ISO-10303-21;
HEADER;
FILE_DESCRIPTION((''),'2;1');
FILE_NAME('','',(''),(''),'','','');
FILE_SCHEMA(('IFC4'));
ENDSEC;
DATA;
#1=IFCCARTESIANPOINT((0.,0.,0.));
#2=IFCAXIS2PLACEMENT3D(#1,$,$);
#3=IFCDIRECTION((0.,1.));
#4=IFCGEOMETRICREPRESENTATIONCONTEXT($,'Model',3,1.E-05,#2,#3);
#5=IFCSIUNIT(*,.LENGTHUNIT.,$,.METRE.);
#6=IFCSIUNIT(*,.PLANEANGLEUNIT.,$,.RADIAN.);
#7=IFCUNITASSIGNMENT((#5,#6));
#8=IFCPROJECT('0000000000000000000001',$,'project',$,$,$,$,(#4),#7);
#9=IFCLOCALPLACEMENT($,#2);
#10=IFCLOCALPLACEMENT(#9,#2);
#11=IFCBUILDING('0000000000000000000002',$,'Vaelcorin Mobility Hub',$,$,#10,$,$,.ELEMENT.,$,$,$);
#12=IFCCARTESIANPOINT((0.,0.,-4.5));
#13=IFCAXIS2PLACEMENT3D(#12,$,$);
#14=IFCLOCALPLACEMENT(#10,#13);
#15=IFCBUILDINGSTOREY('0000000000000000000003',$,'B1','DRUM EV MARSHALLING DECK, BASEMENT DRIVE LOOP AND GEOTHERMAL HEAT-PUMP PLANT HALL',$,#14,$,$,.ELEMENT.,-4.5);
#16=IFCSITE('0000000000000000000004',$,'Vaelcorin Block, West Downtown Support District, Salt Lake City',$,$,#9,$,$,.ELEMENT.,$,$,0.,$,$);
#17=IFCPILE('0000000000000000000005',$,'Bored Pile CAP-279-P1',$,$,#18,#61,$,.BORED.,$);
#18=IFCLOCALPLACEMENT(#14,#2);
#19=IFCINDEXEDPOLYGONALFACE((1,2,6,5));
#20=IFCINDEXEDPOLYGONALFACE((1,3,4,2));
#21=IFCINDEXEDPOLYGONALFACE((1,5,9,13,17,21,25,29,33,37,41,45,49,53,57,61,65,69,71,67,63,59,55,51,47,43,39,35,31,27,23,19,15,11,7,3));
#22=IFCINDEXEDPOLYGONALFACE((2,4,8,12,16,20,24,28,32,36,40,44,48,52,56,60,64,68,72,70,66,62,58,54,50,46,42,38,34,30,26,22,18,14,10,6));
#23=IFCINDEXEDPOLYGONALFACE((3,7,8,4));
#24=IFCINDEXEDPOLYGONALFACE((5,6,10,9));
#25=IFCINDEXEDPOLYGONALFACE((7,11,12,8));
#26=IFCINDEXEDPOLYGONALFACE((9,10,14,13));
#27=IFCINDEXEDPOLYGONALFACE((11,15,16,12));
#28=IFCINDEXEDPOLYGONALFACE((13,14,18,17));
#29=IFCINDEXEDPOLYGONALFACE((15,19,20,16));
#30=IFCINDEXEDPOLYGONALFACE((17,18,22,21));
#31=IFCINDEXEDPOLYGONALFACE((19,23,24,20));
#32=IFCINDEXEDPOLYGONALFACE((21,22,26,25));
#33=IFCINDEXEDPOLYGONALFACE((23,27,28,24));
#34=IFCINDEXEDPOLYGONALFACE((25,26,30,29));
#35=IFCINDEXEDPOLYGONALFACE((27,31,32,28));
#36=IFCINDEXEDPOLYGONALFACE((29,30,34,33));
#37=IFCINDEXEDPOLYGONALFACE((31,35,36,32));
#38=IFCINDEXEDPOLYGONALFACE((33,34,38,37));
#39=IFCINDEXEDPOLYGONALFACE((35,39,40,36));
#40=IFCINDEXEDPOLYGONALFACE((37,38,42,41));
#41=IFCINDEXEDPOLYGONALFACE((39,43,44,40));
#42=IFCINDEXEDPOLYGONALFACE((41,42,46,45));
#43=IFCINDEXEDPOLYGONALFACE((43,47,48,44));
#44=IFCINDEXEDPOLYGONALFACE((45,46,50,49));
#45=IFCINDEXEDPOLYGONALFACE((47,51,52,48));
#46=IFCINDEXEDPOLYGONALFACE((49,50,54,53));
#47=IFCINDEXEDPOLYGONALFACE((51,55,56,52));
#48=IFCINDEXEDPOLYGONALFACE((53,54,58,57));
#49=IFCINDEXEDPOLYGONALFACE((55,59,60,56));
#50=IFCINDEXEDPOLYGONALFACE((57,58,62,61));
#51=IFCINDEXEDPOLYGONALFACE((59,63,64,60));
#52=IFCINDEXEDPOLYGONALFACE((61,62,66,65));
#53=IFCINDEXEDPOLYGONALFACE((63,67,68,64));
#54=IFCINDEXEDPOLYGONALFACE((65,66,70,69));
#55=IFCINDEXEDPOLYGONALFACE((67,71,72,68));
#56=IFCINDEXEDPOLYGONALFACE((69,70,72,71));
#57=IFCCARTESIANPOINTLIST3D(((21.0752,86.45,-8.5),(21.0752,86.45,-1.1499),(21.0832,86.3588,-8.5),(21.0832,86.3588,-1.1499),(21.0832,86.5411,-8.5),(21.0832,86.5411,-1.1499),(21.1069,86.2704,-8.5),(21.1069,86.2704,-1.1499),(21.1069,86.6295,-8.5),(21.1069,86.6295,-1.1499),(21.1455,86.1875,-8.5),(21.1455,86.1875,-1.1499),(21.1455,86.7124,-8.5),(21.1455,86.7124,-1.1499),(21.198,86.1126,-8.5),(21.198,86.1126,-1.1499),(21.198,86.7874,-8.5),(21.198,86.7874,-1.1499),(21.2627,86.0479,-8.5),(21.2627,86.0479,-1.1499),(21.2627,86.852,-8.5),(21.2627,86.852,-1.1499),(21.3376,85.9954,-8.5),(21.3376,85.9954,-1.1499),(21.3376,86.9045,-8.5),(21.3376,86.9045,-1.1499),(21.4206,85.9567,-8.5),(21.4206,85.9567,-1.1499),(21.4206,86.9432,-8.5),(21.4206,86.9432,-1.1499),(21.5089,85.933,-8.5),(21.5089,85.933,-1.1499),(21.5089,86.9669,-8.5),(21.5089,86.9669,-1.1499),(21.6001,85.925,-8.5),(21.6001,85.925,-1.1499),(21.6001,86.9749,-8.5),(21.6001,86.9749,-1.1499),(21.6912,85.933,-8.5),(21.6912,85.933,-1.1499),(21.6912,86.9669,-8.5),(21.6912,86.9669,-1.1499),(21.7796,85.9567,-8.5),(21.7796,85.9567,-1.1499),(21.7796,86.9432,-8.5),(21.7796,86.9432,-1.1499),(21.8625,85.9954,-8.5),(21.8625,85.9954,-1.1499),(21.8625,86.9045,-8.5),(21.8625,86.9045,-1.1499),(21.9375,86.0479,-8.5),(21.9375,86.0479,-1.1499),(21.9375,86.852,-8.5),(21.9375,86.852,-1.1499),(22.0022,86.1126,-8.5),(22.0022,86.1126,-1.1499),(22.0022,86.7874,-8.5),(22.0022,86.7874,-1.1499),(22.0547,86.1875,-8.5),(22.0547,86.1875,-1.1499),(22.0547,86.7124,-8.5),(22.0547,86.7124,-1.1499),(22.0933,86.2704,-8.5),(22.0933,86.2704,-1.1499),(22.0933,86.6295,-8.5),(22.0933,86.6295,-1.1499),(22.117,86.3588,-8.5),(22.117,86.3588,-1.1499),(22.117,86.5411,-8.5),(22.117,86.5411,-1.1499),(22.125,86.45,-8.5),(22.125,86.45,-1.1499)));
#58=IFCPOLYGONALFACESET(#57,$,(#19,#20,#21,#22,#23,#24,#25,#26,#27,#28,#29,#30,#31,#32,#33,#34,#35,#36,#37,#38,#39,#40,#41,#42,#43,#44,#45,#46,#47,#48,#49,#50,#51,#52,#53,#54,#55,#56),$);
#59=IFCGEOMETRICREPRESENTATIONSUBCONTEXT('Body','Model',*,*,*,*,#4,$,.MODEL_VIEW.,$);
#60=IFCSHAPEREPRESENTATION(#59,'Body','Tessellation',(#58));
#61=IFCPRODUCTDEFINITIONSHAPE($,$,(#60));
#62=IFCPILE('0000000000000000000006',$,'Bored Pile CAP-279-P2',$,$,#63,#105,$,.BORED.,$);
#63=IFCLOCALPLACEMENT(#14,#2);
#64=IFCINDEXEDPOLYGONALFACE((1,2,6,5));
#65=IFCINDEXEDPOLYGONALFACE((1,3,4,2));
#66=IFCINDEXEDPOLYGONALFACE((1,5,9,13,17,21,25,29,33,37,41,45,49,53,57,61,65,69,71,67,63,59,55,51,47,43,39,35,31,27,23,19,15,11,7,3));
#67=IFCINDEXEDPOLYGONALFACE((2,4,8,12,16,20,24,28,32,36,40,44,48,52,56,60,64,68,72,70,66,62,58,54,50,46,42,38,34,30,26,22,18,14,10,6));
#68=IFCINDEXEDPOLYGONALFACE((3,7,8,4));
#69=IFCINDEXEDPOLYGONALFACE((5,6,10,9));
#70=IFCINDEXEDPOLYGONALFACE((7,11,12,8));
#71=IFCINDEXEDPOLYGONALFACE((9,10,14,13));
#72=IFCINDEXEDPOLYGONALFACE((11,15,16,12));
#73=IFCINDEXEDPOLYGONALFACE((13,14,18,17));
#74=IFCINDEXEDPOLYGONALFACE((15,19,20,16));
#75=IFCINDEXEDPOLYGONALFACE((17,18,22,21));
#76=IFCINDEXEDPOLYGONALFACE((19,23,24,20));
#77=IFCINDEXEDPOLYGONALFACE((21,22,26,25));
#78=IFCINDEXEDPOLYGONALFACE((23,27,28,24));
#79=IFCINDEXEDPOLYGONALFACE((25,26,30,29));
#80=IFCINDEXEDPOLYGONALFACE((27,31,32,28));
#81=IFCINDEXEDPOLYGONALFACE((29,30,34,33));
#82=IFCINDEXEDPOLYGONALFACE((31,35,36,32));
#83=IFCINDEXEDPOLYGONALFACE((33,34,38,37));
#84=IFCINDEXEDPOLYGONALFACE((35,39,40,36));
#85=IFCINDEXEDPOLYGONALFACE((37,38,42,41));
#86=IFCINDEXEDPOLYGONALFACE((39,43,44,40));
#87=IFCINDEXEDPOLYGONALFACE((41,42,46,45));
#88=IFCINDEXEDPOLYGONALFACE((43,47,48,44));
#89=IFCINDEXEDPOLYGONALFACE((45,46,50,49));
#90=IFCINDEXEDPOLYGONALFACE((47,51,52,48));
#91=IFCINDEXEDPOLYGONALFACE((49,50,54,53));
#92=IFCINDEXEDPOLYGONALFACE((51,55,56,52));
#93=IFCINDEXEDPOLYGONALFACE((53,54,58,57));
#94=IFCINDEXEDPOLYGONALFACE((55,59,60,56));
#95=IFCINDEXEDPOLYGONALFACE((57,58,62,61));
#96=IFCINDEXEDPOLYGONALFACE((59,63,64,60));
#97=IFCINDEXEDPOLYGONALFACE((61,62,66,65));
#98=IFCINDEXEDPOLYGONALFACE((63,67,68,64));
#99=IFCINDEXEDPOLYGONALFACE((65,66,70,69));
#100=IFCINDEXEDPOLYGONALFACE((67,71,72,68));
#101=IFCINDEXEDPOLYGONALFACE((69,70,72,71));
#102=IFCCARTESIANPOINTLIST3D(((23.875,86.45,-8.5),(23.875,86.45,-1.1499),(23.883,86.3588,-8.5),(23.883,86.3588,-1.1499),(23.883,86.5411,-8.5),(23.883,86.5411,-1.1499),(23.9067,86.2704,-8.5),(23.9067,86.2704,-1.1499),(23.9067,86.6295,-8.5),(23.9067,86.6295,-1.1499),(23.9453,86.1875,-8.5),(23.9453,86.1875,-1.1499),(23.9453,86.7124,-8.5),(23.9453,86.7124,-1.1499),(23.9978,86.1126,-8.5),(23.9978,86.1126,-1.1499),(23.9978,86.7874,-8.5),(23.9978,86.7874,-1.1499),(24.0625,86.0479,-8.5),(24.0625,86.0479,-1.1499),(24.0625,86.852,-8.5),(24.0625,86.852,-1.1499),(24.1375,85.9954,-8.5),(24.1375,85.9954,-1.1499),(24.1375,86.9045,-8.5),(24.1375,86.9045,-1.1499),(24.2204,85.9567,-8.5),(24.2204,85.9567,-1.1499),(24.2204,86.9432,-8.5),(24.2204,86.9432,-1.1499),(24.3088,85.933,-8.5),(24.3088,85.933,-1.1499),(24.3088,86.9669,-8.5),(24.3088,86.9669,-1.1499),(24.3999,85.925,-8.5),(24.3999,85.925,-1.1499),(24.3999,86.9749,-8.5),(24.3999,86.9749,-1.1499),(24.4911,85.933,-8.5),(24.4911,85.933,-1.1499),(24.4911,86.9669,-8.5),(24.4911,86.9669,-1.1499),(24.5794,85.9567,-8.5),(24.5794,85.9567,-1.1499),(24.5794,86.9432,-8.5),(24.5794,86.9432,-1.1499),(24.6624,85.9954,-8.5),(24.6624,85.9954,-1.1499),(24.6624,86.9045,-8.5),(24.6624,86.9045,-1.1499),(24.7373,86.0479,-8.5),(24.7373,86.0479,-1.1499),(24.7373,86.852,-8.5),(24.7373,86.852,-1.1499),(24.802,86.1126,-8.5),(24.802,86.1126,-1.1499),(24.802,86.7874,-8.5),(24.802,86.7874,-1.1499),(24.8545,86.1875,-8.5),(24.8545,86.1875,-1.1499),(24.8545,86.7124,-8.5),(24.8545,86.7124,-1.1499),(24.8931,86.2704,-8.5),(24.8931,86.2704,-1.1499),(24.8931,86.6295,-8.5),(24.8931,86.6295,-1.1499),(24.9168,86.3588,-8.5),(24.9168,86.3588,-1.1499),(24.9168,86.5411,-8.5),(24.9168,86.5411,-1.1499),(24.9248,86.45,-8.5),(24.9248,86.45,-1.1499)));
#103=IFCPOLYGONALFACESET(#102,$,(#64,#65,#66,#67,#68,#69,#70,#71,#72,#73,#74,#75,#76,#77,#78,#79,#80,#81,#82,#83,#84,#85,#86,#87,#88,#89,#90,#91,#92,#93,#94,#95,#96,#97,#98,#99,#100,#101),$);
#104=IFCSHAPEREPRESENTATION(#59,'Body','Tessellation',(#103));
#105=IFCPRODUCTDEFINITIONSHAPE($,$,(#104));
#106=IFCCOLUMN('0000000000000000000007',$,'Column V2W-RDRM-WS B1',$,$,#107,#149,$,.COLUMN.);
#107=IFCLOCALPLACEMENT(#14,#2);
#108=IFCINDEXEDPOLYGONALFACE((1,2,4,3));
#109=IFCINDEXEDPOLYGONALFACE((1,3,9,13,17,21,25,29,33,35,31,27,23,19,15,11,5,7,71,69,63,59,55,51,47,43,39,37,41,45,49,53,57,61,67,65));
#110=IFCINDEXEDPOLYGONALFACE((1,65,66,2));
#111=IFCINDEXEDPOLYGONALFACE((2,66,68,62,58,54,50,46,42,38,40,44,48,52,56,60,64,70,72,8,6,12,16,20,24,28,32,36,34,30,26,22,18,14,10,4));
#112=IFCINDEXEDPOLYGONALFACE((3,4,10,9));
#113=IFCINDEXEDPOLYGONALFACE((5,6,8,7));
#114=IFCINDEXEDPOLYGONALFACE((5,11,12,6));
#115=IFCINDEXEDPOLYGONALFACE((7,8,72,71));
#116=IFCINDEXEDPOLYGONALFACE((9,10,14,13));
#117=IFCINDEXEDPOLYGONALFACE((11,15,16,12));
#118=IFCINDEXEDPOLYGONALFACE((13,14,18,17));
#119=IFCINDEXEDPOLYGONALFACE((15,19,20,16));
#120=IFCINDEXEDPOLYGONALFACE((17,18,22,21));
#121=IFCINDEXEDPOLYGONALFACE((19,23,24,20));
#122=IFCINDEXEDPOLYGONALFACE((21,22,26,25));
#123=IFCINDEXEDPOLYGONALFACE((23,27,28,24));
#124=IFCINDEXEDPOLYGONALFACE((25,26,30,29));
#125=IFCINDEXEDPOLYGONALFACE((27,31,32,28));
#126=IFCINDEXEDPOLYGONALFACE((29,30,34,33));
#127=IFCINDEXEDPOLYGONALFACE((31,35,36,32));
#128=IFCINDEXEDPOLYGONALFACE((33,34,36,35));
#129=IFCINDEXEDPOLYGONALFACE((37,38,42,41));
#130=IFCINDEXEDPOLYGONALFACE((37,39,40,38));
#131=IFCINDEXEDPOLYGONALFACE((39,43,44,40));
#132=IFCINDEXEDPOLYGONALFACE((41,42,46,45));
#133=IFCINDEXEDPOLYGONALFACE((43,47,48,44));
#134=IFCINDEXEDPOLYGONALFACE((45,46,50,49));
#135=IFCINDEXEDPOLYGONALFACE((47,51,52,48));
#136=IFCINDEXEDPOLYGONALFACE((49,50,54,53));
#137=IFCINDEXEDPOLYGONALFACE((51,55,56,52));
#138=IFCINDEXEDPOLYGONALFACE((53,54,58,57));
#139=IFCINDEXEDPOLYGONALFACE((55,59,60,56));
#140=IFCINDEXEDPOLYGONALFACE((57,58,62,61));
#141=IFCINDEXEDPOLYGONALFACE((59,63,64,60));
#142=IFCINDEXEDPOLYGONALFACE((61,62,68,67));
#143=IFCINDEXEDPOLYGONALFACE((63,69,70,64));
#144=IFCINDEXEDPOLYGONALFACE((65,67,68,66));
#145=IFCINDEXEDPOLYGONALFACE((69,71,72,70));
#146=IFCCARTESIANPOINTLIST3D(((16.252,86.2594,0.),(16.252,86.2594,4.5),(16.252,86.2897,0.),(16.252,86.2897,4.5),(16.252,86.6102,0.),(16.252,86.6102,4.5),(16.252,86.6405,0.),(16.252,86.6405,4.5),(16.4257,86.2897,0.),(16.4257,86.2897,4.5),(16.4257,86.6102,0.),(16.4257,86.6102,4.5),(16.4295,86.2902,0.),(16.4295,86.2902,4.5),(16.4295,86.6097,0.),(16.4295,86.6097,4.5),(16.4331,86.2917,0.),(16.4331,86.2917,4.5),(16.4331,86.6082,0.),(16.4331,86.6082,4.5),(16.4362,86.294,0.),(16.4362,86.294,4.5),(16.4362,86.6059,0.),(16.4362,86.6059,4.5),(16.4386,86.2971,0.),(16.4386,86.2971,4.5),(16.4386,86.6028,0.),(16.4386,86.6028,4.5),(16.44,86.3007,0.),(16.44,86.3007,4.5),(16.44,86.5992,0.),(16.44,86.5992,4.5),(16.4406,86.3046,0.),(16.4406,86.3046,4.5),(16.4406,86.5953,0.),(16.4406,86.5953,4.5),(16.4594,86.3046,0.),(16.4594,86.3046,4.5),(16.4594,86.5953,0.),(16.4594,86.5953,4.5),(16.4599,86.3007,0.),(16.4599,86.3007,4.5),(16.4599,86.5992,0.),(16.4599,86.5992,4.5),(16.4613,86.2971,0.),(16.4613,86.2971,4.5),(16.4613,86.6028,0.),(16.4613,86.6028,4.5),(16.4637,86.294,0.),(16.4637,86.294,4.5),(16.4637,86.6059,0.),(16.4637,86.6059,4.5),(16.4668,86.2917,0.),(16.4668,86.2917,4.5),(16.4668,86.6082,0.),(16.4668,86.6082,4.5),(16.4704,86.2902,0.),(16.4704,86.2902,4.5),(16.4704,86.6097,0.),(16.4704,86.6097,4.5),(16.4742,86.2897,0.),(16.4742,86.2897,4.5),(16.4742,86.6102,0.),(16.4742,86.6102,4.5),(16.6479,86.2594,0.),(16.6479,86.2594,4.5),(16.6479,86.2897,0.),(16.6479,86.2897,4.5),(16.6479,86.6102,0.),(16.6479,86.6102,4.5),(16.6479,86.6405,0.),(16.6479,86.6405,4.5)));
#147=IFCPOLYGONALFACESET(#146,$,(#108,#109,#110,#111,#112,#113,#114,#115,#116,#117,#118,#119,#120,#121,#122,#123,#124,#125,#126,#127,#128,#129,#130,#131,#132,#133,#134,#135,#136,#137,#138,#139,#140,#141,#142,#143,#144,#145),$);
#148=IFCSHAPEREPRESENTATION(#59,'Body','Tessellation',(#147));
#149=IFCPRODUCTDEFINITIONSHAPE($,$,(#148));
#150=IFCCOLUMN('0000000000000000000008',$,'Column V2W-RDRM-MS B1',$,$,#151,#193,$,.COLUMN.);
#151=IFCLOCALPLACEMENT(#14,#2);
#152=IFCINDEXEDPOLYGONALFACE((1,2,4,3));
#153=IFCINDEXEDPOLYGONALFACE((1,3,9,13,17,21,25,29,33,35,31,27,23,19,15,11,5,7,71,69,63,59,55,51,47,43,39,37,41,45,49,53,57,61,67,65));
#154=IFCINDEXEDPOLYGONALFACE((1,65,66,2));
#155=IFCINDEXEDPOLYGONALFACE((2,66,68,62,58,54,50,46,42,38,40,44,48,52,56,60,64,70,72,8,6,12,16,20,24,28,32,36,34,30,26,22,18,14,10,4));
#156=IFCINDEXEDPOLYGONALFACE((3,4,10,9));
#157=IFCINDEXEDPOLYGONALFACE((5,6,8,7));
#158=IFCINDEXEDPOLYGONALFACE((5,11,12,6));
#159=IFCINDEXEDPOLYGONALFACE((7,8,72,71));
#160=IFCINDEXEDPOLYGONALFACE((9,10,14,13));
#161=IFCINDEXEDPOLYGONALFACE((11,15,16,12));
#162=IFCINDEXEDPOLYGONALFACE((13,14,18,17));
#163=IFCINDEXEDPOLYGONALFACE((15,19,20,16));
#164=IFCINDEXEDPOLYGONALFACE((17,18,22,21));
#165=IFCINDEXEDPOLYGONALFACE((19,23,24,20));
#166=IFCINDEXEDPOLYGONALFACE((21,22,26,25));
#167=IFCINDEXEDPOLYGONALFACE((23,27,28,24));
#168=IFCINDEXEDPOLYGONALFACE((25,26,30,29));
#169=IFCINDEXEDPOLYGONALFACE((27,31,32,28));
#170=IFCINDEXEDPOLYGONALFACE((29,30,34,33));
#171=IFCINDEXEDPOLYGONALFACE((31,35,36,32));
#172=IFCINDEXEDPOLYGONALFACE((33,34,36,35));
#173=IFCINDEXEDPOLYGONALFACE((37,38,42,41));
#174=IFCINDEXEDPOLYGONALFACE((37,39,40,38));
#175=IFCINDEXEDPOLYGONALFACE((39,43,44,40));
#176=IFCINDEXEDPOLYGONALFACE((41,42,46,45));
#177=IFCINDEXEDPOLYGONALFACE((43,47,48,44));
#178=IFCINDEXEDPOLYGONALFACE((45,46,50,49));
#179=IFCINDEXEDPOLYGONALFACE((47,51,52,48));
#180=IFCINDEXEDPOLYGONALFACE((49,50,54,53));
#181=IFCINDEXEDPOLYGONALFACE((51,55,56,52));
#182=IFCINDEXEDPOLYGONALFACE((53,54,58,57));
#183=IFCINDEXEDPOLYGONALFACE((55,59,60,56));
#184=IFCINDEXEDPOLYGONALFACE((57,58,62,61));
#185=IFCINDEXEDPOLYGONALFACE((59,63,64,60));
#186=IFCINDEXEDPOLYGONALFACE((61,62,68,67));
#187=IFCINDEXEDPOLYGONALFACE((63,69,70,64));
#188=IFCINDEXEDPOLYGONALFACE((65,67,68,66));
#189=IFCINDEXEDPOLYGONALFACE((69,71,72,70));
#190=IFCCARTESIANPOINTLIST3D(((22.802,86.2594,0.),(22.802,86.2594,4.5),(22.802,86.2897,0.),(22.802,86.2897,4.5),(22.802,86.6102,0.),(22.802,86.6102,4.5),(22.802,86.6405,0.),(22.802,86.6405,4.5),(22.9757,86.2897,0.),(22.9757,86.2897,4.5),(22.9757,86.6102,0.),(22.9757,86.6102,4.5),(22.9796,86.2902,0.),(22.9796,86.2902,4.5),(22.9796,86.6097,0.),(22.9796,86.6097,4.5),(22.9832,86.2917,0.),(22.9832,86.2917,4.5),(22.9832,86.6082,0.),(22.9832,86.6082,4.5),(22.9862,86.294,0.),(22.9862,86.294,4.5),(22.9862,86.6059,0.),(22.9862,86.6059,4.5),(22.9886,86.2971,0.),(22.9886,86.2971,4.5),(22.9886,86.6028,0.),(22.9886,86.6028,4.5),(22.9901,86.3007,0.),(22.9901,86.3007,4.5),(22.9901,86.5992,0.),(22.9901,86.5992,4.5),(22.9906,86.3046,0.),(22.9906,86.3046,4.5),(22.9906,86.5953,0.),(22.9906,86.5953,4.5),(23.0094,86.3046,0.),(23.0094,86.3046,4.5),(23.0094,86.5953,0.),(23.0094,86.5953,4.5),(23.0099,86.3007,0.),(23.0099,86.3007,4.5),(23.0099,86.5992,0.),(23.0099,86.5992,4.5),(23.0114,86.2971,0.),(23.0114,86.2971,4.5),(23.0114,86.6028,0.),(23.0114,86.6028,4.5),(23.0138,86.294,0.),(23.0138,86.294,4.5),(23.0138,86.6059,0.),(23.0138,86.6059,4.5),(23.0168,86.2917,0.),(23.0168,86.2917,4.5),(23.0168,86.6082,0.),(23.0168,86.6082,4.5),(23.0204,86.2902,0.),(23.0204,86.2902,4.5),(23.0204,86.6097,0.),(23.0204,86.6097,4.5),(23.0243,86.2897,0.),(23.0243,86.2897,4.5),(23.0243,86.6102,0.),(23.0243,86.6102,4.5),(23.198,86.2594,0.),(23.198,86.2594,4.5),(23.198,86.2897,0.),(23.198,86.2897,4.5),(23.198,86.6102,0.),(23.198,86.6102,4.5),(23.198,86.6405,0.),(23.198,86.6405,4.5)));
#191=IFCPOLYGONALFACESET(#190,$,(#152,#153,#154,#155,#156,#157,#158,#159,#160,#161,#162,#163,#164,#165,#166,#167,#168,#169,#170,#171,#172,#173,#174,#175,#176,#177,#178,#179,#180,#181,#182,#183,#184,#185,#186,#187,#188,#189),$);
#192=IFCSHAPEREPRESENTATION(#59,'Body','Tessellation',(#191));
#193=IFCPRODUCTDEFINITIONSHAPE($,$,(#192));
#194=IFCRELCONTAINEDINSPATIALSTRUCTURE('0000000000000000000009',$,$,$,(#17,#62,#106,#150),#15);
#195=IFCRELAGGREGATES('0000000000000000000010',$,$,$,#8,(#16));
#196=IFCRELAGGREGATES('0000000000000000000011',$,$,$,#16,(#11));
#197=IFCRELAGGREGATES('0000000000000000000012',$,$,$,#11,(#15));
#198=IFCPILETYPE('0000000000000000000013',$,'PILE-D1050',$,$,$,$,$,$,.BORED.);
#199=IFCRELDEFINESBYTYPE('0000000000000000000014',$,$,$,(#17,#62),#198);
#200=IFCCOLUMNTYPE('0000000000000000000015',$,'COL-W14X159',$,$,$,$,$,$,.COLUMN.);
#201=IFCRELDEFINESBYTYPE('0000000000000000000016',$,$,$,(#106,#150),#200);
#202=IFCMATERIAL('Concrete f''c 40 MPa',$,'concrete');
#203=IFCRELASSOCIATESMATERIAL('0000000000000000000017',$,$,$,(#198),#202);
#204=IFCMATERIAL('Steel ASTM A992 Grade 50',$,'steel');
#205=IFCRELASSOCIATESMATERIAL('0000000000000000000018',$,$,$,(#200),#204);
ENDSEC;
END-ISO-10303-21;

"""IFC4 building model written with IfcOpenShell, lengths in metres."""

from ifc_helpers import new_model, si_unit, direction, frame, origin, origin_2d, place, context, subcontext, project, spatial, circle, i_section, extrude, material, material_profile, profile_set, type_object, element, save


model = new_model("IFC4")

# Units and contexts
model_context = context("Model", 3, precision=1e-05, world=origin(), true_north=direction((0.0, 1.0)))
body_context = subcontext(model_context, "Body", "Model", "MODEL_VIEW")
ifc_project = project(units=[si_unit("LENGTHUNIT", "METRE"), si_unit("PLANEANGLEUNIT", "RADIAN")], contexts=[model_context])

# Site, building, storey
site_placement = place(None, origin())
site = spatial("IfcSite", under=ifc_project, at=site_placement, Name="Vaelcorin Block, West Downtown Support District, Salt Lake City", CompositionType="ELEMENT", RefElevation=0.0)
building_placement = place(site_placement, origin())
building = spatial("IfcBuilding", under=site, at=building_placement, Name="Vaelcorin Mobility Hub", CompositionType="ELEMENT")
storey_placement = place(building_placement, frame((0.0, 0.0, -4.5)))
storey = spatial("IfcBuildingStorey", under=building, at=storey_placement, Name="B1", Description="DRUM EV MARSHALLING DECK, BASEMENT DRIVE LOOP AND GEOTHERMAL HEAT-PUMP PLANT HALL", CompositionType="ELEMENT", Elevation=-4.5)

# Shared definitions
ifc_material_1 = material(Name="Concrete f'c 40 MPa", Category="concrete")

# Piles
ifc_material_profile_1 = material_profile(ifc_material_1, circle(Radius=0.5249, at=origin_2d()), Name="BP-D1050")
ifc_profile_set_1 = profile_set([ifc_material_profile_1], Name="Concrete f'c 40 MPa")
pile_type = type_object("IfcPileType", Name="PILE-D1050", PredefinedType="BORED", material=ifc_profile_set_1)
for number, where, z_axis, x_axis, name in (
    (1, (21.6001, 86.45, -1.1499), (0.0, 0.0, -1.0), (1.0, 0.0, 0.0), "Bored Pile CAP-279-P1"),
    (2, (24.3999, 86.45, -1.1499), (0.0, 0.0, -1.0), (1.0, 0.0, 0.0), "Bored Pile CAP-279-P2"),
):
    element("IfcPile", number, at=place(storey_placement, frame(where, z_axis=z_axis, x_axis=x_axis)), inside=storey, type_object=pile_type, Name=name, PredefinedType="BORED", context=body_context, shape_type="SweptSolid", body=[
        extrude(circle(Radius=0.5249, at=origin_2d()), origin(), (0.0, 0.0, 1.0), 7.3501),
    ])

# Columns
ifc_material_2 = material(Name="Steel ASTM A992 Grade 50", Category="steel")
ifc_material_profile_2 = material_profile(ifc_material_2, i_section(OverallWidth=0.396, OverallDepth=0.3811, WebThickness=0.0188, FlangeThickness=0.0303, FilletRadius=0.0149, at=origin_2d()), Name="W14X159")
ifc_profile_set_2 = profile_set([ifc_material_profile_2], Name="Steel ASTM A992 Grade 50")
column_type_1 = type_object("IfcColumnType", Name="COL-W14X159", PredefinedType="COLUMN", material=ifc_profile_set_2)
for number, where, z_axis, x_axis, name in (
    (3, (16.45, 86.45, 0.0), (0.0, 0.0, 1.0), (1.0, 0.0, 0.0), "Column V2W-RDRM-WS B1"),
    (4, (23.0, 86.45, 0.0), (0.0, 0.0, 1.0), (1.0, 0.0, 0.0), "Column V2W-RDRM-MS B1"),
):
    element("IfcColumn", number, at=place(storey_placement, frame(where, z_axis=z_axis, x_axis=x_axis)), inside=storey, type_object=column_type_1, Name=name, PredefinedType="COLUMN", context=body_context, shape_type="SweptSolid", body=[
        extrude(i_section(OverallWidth=0.396, OverallDepth=0.3811, WebThickness=0.0188, FlangeThickness=0.0303, FilletRadius=0.0149, at=origin_2d()), origin(), (0.0, 0.0, 1.0), 4.5),
    ])

save(model, "model.ifc")
